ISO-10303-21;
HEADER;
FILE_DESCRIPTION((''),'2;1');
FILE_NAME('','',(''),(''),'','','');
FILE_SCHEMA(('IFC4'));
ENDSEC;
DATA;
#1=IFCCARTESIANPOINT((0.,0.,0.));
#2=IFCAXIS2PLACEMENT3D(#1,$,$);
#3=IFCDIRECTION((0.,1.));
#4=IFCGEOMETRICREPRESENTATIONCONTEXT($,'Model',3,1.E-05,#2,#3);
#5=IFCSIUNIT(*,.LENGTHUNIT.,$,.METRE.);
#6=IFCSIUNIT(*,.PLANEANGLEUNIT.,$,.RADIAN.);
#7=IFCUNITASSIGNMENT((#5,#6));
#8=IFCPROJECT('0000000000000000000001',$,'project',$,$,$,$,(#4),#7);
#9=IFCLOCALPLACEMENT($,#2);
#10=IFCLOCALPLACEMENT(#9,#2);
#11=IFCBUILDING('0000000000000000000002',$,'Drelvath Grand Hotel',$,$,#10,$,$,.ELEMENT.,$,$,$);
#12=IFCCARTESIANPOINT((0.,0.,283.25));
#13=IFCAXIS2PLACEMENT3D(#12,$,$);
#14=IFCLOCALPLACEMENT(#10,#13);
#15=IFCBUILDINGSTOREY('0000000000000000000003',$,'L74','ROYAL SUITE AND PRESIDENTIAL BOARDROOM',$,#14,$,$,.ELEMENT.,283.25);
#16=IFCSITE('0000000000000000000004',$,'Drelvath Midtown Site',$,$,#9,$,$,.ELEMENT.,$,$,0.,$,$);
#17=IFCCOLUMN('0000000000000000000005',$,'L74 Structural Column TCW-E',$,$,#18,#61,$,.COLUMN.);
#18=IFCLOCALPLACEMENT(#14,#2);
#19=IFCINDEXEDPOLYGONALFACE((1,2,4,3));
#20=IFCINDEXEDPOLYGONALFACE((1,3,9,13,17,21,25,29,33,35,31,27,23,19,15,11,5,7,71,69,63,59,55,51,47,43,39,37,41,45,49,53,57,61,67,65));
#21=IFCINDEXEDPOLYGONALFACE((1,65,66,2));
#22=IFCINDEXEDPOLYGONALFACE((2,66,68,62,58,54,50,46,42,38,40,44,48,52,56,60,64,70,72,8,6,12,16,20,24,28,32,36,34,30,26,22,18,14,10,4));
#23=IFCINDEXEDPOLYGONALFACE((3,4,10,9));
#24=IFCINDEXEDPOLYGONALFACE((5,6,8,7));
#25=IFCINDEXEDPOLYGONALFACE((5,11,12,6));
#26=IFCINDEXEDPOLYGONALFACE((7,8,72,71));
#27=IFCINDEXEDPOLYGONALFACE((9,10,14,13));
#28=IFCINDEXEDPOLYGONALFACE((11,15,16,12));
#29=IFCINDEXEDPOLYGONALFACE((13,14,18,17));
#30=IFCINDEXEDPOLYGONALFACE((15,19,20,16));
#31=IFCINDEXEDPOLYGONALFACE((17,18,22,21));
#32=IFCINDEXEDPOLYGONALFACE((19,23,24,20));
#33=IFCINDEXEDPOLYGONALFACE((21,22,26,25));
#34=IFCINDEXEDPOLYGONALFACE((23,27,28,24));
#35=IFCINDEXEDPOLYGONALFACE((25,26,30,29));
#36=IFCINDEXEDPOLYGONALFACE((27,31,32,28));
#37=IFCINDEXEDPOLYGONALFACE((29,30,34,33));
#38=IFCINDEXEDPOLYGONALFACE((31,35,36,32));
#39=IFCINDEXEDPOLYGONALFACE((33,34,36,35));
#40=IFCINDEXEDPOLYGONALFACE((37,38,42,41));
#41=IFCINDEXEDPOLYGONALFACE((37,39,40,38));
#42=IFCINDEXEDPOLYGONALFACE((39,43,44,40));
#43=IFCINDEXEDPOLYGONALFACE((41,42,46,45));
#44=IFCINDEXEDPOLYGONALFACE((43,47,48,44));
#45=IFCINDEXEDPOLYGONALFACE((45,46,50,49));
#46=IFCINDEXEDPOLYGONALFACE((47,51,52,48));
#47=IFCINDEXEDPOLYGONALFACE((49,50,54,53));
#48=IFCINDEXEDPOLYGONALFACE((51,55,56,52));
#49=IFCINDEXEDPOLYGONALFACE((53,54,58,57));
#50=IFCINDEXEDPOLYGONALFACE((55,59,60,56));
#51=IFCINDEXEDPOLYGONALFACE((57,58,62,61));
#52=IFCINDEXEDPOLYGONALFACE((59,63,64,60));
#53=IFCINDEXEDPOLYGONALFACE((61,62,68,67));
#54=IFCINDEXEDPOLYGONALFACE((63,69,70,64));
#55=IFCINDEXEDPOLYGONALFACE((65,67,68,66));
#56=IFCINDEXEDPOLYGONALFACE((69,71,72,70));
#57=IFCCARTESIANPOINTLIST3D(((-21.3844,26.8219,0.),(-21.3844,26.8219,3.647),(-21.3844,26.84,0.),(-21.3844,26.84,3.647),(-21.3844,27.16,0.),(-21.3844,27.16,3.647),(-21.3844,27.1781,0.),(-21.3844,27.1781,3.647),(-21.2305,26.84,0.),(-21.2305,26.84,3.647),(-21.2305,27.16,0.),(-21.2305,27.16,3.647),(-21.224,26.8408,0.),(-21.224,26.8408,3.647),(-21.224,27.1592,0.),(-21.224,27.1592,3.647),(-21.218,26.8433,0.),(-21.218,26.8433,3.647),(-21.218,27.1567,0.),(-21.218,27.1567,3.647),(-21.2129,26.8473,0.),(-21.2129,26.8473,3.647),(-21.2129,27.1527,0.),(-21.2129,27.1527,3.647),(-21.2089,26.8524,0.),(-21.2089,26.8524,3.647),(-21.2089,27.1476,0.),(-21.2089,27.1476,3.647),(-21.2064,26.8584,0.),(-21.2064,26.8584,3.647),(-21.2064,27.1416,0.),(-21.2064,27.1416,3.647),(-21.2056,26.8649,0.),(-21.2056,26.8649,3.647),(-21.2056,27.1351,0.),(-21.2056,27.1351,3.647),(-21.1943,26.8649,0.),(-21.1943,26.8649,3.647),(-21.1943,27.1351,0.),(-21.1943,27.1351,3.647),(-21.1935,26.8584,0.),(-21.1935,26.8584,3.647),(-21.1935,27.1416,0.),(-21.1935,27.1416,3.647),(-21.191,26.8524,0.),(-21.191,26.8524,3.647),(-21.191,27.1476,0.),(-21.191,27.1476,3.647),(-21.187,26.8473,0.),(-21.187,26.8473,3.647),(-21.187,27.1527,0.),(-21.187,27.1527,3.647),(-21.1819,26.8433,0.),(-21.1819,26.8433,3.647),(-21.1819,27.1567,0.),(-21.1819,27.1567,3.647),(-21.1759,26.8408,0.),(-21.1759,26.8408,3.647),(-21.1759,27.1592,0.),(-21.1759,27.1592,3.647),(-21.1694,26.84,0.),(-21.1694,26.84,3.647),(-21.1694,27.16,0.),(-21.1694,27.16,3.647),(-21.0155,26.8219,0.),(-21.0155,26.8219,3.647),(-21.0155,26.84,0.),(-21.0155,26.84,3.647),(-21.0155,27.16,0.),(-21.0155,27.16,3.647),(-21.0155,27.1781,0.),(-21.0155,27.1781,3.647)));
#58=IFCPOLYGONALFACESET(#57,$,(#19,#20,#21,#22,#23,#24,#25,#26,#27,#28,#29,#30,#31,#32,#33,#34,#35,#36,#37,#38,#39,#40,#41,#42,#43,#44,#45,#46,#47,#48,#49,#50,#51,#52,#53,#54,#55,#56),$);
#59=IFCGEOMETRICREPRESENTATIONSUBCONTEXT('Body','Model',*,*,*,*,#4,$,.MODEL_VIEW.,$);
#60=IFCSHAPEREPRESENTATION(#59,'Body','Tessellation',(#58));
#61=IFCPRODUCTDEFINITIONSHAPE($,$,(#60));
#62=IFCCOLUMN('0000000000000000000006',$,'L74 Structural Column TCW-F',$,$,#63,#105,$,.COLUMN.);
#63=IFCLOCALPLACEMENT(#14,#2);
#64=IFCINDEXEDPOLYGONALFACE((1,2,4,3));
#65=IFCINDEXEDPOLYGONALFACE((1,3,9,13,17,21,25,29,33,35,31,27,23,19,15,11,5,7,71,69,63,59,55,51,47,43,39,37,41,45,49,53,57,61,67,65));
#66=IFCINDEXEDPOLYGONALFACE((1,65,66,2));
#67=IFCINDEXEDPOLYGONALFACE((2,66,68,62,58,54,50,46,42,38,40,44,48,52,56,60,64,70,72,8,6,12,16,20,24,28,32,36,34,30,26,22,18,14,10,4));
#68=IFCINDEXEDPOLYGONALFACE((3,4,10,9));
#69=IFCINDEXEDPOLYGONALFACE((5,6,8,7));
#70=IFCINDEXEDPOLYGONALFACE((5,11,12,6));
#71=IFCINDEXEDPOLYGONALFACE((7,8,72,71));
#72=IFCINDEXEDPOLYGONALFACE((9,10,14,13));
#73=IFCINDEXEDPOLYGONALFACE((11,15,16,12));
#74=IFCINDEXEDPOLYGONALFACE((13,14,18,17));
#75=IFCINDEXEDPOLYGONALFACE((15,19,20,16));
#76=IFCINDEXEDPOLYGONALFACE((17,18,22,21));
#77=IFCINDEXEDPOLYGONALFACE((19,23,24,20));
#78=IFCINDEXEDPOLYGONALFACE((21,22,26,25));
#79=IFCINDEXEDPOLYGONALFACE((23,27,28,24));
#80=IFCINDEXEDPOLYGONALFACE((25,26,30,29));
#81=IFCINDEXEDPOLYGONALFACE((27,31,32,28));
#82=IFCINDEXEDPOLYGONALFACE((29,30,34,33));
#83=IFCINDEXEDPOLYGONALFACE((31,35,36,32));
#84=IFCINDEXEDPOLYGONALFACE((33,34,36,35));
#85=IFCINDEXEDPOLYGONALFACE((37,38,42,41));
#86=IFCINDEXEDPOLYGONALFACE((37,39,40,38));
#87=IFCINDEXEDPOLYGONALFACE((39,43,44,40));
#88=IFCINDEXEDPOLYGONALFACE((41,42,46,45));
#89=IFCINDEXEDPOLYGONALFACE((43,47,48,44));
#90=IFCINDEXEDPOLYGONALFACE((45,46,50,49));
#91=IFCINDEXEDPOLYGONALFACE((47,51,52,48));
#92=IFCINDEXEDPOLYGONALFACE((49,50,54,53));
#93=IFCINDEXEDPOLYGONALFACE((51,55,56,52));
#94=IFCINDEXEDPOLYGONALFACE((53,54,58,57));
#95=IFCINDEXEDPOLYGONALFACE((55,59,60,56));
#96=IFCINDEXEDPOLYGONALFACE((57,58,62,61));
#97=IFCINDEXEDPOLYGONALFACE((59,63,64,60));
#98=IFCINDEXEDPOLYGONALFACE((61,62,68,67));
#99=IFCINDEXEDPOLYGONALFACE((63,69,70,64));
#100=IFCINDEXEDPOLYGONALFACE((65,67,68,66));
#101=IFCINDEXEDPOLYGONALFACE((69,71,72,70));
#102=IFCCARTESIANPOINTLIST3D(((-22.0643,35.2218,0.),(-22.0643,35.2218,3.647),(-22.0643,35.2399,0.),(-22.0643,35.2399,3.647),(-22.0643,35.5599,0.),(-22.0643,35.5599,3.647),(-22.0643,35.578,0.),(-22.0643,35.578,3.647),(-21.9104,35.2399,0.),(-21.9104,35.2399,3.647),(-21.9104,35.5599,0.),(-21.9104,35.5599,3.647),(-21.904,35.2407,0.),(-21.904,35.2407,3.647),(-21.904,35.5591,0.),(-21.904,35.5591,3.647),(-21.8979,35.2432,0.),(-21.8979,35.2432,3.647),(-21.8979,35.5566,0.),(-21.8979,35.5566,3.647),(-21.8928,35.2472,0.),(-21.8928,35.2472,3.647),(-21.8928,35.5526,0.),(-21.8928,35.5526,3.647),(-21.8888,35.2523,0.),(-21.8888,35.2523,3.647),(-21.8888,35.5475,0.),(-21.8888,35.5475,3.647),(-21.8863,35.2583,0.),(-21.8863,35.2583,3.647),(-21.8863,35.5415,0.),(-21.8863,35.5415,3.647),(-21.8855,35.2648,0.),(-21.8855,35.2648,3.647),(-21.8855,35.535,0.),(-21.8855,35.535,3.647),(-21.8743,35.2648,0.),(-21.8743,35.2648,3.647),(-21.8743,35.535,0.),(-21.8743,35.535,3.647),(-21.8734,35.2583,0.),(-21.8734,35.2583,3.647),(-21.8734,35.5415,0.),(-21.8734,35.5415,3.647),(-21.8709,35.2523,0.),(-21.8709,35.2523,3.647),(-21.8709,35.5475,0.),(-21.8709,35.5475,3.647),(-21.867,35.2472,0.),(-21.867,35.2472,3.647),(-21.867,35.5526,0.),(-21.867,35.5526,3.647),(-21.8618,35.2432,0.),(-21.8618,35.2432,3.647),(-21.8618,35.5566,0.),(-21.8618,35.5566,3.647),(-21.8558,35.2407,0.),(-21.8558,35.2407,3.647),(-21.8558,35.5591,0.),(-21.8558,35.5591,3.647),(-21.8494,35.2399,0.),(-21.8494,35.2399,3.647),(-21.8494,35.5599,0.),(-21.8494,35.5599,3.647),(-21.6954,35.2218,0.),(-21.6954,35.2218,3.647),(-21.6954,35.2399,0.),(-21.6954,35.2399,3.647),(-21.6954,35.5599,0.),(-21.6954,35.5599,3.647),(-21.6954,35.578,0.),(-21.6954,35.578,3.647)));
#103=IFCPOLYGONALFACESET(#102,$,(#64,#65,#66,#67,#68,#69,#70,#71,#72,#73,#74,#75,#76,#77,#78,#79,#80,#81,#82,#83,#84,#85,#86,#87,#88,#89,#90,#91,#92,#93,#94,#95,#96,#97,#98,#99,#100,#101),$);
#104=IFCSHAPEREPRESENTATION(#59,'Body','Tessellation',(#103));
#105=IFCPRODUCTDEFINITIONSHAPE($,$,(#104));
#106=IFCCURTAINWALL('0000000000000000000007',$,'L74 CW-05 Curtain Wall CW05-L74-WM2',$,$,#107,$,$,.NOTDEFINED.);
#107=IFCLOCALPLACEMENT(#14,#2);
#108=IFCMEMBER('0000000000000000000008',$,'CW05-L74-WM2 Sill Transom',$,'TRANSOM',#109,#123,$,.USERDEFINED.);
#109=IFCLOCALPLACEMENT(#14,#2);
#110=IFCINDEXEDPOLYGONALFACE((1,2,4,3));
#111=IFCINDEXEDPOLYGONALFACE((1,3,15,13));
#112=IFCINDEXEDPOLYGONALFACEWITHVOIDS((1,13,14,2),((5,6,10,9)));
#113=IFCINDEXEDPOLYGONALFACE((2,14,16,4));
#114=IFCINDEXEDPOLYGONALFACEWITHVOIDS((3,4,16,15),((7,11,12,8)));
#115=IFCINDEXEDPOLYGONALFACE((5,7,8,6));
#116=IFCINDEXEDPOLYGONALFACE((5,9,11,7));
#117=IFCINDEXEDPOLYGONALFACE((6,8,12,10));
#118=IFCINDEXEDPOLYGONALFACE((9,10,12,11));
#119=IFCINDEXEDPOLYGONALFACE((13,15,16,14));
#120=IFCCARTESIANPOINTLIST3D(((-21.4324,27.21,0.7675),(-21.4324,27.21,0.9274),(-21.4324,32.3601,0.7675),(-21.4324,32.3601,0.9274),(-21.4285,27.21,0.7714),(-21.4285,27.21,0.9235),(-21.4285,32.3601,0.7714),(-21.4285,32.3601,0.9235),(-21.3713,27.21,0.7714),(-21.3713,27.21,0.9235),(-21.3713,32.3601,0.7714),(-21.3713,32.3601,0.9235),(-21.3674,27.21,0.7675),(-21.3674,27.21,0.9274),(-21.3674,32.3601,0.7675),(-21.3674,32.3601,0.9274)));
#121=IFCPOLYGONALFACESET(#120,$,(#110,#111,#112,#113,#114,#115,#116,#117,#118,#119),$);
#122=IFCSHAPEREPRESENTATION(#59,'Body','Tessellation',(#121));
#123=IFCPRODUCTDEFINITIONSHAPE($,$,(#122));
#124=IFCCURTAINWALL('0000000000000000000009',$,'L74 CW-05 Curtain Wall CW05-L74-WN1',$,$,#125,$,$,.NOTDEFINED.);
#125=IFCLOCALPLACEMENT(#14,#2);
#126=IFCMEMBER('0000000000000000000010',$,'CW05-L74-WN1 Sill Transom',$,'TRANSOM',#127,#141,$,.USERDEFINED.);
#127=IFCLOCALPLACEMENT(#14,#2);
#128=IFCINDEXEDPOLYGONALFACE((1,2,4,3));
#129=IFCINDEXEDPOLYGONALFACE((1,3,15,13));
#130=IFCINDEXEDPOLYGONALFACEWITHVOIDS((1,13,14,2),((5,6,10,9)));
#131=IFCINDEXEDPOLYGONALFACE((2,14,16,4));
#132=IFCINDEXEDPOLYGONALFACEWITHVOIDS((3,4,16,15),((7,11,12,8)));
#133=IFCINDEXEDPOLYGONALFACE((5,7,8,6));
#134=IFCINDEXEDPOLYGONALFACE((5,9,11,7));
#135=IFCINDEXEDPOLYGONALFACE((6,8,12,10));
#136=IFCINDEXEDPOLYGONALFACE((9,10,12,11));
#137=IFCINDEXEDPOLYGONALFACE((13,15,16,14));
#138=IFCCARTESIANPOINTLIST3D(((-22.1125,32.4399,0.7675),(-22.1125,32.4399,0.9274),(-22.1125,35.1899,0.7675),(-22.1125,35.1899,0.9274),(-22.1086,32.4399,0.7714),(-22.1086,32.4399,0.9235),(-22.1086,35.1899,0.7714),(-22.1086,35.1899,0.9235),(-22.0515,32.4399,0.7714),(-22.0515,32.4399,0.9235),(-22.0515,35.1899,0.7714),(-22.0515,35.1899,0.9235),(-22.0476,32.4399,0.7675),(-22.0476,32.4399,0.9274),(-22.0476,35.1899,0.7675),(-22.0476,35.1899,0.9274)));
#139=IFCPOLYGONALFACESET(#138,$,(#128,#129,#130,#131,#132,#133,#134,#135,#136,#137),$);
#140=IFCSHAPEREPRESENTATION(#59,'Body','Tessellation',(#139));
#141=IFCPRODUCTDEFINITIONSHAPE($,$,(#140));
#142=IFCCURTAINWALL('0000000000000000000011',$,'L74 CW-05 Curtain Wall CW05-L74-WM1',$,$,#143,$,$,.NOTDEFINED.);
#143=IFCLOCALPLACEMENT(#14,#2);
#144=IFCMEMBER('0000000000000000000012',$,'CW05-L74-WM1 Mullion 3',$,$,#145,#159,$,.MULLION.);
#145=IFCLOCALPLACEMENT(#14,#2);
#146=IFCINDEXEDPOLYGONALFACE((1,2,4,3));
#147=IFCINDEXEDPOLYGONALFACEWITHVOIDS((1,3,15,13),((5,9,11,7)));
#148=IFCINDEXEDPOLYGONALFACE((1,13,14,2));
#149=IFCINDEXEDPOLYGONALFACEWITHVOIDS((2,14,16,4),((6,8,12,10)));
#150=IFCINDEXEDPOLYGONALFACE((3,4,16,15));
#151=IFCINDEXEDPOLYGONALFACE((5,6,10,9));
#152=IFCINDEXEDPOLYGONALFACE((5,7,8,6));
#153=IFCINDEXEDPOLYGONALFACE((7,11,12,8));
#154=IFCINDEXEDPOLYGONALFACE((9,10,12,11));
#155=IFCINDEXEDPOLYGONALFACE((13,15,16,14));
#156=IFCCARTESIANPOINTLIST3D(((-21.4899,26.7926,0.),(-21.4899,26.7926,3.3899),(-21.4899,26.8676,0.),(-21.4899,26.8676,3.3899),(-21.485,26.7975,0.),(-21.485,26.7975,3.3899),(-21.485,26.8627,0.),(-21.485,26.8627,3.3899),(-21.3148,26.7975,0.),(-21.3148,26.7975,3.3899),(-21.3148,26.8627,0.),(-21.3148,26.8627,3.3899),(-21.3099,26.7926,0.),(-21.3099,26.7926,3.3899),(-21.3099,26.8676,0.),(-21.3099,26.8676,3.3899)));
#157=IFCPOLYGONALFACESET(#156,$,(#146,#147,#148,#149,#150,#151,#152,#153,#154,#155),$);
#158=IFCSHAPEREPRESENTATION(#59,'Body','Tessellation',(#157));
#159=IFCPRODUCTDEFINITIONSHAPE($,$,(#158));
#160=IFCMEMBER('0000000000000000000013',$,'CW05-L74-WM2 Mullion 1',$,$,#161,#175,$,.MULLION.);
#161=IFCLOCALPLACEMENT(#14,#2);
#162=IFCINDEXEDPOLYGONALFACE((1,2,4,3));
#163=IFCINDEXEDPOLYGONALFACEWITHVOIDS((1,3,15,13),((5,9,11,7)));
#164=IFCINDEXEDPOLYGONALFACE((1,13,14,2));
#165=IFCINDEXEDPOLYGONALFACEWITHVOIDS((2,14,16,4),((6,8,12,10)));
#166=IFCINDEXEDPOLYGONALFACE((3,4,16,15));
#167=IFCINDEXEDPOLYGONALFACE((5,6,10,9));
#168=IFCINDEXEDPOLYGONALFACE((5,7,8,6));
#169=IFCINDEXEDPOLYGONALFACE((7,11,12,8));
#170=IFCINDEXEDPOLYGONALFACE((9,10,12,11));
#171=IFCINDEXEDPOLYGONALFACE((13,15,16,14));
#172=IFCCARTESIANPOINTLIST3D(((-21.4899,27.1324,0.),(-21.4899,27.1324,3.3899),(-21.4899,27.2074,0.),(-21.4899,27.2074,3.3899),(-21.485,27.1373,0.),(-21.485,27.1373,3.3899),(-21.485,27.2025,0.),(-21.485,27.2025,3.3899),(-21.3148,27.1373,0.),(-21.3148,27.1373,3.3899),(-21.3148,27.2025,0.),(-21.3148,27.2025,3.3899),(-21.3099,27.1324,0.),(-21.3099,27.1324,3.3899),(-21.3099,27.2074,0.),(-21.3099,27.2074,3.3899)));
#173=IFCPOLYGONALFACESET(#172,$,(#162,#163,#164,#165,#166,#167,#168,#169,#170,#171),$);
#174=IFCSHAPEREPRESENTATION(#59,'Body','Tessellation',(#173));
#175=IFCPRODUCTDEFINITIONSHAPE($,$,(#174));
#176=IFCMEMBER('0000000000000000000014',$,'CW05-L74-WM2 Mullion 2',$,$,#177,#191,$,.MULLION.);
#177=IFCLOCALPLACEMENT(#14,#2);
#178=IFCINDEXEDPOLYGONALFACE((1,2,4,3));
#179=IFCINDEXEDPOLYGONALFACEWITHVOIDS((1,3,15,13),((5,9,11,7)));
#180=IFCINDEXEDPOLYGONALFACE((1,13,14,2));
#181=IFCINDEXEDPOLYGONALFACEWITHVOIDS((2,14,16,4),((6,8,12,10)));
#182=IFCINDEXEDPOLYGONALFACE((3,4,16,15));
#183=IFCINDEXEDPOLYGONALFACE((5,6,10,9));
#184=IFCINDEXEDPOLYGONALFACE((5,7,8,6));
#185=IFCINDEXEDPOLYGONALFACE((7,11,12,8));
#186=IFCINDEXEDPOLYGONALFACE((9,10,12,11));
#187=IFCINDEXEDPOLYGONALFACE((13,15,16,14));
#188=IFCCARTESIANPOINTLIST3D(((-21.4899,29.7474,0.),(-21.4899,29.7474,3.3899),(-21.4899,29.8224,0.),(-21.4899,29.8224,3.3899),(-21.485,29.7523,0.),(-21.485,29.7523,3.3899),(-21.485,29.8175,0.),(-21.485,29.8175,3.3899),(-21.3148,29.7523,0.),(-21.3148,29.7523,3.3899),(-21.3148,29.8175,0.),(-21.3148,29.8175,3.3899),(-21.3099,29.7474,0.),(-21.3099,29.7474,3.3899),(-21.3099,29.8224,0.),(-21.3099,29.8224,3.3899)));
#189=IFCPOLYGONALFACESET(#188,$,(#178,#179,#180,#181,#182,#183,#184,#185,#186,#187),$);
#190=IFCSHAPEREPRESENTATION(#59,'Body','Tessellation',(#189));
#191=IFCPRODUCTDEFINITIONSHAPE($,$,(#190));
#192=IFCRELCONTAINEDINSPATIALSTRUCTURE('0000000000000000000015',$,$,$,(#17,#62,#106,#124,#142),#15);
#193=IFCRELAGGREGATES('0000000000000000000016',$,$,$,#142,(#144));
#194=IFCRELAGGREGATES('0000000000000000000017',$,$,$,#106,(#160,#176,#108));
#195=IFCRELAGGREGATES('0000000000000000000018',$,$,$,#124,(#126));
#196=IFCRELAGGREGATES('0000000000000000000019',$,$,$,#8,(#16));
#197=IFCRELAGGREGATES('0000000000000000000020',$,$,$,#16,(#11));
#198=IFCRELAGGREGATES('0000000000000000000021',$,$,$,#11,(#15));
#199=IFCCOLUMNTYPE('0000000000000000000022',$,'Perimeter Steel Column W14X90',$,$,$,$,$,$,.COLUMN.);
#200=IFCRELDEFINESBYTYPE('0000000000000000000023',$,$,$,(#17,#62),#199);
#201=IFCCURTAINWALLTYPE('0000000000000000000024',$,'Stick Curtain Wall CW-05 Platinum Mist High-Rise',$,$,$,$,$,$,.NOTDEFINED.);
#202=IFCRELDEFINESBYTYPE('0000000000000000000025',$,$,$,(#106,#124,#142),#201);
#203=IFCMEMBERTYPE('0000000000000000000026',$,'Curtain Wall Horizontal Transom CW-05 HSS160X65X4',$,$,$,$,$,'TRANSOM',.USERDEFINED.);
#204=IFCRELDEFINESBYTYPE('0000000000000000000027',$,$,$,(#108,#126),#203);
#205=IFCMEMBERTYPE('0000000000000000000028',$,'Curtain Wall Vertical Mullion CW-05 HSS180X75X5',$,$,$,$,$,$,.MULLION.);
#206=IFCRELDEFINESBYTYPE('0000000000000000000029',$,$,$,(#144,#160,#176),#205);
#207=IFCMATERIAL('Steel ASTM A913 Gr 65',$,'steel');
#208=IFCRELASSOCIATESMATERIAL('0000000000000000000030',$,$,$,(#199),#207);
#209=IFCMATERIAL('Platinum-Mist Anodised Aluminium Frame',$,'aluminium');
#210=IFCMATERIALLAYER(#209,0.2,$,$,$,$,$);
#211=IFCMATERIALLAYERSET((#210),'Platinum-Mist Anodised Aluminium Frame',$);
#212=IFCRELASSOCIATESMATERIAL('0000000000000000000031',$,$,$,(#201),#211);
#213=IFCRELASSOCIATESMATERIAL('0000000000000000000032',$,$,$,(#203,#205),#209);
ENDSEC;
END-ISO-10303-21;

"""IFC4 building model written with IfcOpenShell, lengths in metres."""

from ifc_helpers import new_model, si_unit, direction, frame, origin, origin_2d, place, context, subcontext, project, spatial, hollow_rectangle, i_section, extrude, material, layer, layer_set, material_profile, profile_set, type_object, element, aggregate, save


model = new_model("IFC4")

# Units and contexts
model_context = context("Model", 3, precision=1e-05, world=origin(), true_north=direction((0.0, 1.0)))
body_context = subcontext(model_context, "Body", "Model", "MODEL_VIEW")
ifc_project = project(units=[si_unit("LENGTHUNIT", "METRE"), si_unit("PLANEANGLEUNIT", "RADIAN")], contexts=[model_context])

# Site, building, storey
site_placement = place(None, origin())
site = spatial("IfcSite", under=ifc_project, at=site_placement, Name="Drelvath Midtown Site", CompositionType="ELEMENT", RefElevation=0.0)
building_placement = place(site_placement, origin())
building = spatial("IfcBuilding", under=site, at=building_placement, Name="Drelvath Grand Hotel", CompositionType="ELEMENT")
storey_placement = place(building_placement, frame((0.0, 0.0, 283.25)))
storey = spatial("IfcBuildingStorey", under=building, at=storey_placement, Name="L74", Description="ROYAL SUITE AND PRESIDENTIAL BOARDROOM", CompositionType="ELEMENT", Elevation=283.25)

# Columns
ifc_material_1 = material(Name="Steel ASTM A913 Gr 65", Category="steel")
ifc_material_profile_1 = material_profile(ifc_material_1, i_section(OverallWidth=0.3689, OverallDepth=0.3562, WebThickness=0.0112, FlangeThickness=0.0181, FilletRadius=0.0249, at=origin_2d()), Name="W14X90")
ifc_profile_set_1 = profile_set([ifc_material_profile_1], Name="Steel ASTM A913 Gr 65")
column_type = type_object("IfcColumnType", Name="Perimeter Steel Column W14X90", PredefinedType="COLUMN", material=ifc_profile_set_1)
for number, where, z_axis, x_axis, name in (
    (1, (-21.2, 27.0, 0.0), (0.0, 0.0, 1.0), (1.0, 0.0, 0.0), "L74 Structural Column TCW-E"),
    (2, (-21.8799, 35.3999, 0.0), (0.0, 0.0, 1.0), (1.0, 0.0, 0.0), "L74 Structural Column TCW-F"),
):
    element("IfcColumn", number, at=place(storey_placement, frame(where, z_axis=z_axis, x_axis=x_axis)), inside=storey, type_object=column_type, Name=name, PredefinedType="COLUMN", context=body_context, shape_type="SweptSolid", body=[
        extrude(i_section(OverallWidth=0.3689, OverallDepth=0.3562, WebThickness=0.0112, FlangeThickness=0.0181, FilletRadius=0.0249, at=origin_2d()), origin(), (0.0, 0.0, 1.0), 3.647),
    ])

# Curtain walls, members
ifc_material_2 = material(Name="Platinum-Mist Anodised Aluminium Frame", Category="aluminium")
ifc_layer_1 = layer(ifc_material_2, 0.2)
ifc_layer_set_1 = layer_set([ifc_layer_1], Name="Platinum-Mist Anodised Aluminium Frame")
curtain_wall_type = type_object("IfcCurtainWallType", Name="Stick Curtain Wall CW-05 Platinum Mist High-Rise", PredefinedType="NOTDEFINED", material=ifc_layer_set_1)
curtain_wall_1_placement = place(storey_placement, origin())
curtain_wall_1 = element("IfcCurtainWall", 3, at=curtain_wall_1_placement, inside=storey, type_object=curtain_wall_type, Name="L74 CW-05 Curtain Wall CW05-L74-WM2", PredefinedType="NOTDEFINED")
ifc_material_profile_2 = material_profile(ifc_material_2, hollow_rectangle(XDim=0.0649, YDim=0.1599, WallThickness=0.0039, at=origin_2d()), Name="HSS160X65X4")
ifc_profile_set_2 = profile_set([ifc_material_profile_2], Name="Platinum-Mist Anodised Aluminium Frame")
member_type_1 = type_object("IfcMemberType", Name="Curtain Wall Horizontal Transom CW-05 HSS160X65X4", ElementType="TRANSOM", PredefinedType="USERDEFINED", material=ifc_profile_set_2)
member_1_placement = place(storey_placement, frame((-21.3999, 27.21, 0.8474), z_axis=(0.0, 1.0, 0.0), x_axis=(-1.0, 0.0, 0.0)))
member_1 = element("IfcMember", 4, at=member_1_placement, type_object=member_type_1, Name="CW05-L74-WM2 Sill Transom", ObjectType="TRANSOM", PredefinedType="USERDEFINED", context=body_context, shape_type="SweptSolid", body=[
    extrude(hollow_rectangle(XDim=0.0649, YDim=0.1599, WallThickness=0.0039, at=origin_2d()), origin(), (0.0, 0.0, 1.0), 5.1501),
])
curtain_wall_2_placement = place(storey_placement, origin())
curtain_wall_2 = element("IfcCurtainWall", 5, at=curtain_wall_2_placement, inside=storey, type_object=curtain_wall_type, Name="L74 CW-05 Curtain Wall CW05-L74-WN1", PredefinedType="NOTDEFINED")
member_2_placement = place(storey_placement, frame((-22.0801, 32.4399, 0.8474), z_axis=(0.0, 1.0, 0.0), x_axis=(-1.0, 0.0, 0.0)))
member_2 = element("IfcMember", 6, at=member_2_placement, type_object=member_type_1, Name="CW05-L74-WN1 Sill Transom", ObjectType="TRANSOM", PredefinedType="USERDEFINED", context=body_context, shape_type="SweptSolid", body=[
    extrude(hollow_rectangle(XDim=0.0649, YDim=0.1599, WallThickness=0.0039, at=origin_2d()), origin(), (0.0, 0.0, 1.0), 2.75),
])
curtain_wall_3_placement = place(storey_placement, origin())
curtain_wall_3 = element("IfcCurtainWall", 7, at=curtain_wall_3_placement, inside=storey, type_object=curtain_wall_type, Name="L74 CW-05 Curtain Wall CW05-L74-WM1", PredefinedType="NOTDEFINED")
ifc_material_profile_3 = material_profile(ifc_material_2, hollow_rectangle(XDim=0.075, YDim=0.1799, WallThickness=0.0049, at=origin_2d()), Name="HSS180X75X5")
ifc_profile_set_3 = profile_set([ifc_material_profile_3], Name="Platinum-Mist Anodised Aluminium Frame")
member_type_2 = type_object("IfcMemberType", Name="Curtain Wall Vertical Mullion CW-05 HSS180X75X5", PredefinedType="MULLION", material=ifc_profile_set_3)
member_3_placement = place(storey_placement, frame((-21.3999, 26.8301, 0.0), z_axis=(0.0, 0.0, 1.0), x_axis=(0.0, 1.0, 0.0)))
member_3 = element("IfcMember", 8, at=member_3_placement, type_object=member_type_2, Name="CW05-L74-WM1 Mullion 3", PredefinedType="MULLION", context=body_context, shape_type="SweptSolid", body=[
    extrude(hollow_rectangle(XDim=0.075, YDim=0.1799, WallThickness=0.0049, at=origin_2d()), origin(), (0.0, 0.0, 1.0), 3.3899),
])
aggregate(curtain_wall_3, [member_3])

# Members
member_4_placement = place(storey_placement, frame((-21.3999, 27.1699, 0.0), z_axis=(0.0, 0.0, 1.0), x_axis=(0.0, 1.0, 0.0)))
member_4 = element("IfcMember", 9, at=member_4_placement, type_object=member_type_2, Name="CW05-L74-WM2 Mullion 1", PredefinedType="MULLION", context=body_context, shape_type="SweptSolid", body=[
    extrude(hollow_rectangle(XDim=0.075, YDim=0.1799, WallThickness=0.0049, at=origin_2d()), origin(), (0.0, 0.0, 1.0), 3.3899),
])
member_5_placement = place(storey_placement, frame((-21.3999, 29.7849, 0.0), z_axis=(0.0, 0.0, 1.0), x_axis=(0.0, 1.0, 0.0)))
member_5 = element("IfcMember", 10, at=member_5_placement, type_object=member_type_2, Name="CW05-L74-WM2 Mullion 2", PredefinedType="MULLION", context=body_context, shape_type="SweptSolid", body=[
    extrude(hollow_rectangle(XDim=0.075, YDim=0.1799, WallThickness=0.0049, at=origin_2d()), origin(), (0.0, 0.0, 1.0), 3.3899),
])

aggregate(curtain_wall_1, [member_4, member_5, member_1])
aggregate(curtain_wall_2, [member_2])

save(model, "model.ifc")
